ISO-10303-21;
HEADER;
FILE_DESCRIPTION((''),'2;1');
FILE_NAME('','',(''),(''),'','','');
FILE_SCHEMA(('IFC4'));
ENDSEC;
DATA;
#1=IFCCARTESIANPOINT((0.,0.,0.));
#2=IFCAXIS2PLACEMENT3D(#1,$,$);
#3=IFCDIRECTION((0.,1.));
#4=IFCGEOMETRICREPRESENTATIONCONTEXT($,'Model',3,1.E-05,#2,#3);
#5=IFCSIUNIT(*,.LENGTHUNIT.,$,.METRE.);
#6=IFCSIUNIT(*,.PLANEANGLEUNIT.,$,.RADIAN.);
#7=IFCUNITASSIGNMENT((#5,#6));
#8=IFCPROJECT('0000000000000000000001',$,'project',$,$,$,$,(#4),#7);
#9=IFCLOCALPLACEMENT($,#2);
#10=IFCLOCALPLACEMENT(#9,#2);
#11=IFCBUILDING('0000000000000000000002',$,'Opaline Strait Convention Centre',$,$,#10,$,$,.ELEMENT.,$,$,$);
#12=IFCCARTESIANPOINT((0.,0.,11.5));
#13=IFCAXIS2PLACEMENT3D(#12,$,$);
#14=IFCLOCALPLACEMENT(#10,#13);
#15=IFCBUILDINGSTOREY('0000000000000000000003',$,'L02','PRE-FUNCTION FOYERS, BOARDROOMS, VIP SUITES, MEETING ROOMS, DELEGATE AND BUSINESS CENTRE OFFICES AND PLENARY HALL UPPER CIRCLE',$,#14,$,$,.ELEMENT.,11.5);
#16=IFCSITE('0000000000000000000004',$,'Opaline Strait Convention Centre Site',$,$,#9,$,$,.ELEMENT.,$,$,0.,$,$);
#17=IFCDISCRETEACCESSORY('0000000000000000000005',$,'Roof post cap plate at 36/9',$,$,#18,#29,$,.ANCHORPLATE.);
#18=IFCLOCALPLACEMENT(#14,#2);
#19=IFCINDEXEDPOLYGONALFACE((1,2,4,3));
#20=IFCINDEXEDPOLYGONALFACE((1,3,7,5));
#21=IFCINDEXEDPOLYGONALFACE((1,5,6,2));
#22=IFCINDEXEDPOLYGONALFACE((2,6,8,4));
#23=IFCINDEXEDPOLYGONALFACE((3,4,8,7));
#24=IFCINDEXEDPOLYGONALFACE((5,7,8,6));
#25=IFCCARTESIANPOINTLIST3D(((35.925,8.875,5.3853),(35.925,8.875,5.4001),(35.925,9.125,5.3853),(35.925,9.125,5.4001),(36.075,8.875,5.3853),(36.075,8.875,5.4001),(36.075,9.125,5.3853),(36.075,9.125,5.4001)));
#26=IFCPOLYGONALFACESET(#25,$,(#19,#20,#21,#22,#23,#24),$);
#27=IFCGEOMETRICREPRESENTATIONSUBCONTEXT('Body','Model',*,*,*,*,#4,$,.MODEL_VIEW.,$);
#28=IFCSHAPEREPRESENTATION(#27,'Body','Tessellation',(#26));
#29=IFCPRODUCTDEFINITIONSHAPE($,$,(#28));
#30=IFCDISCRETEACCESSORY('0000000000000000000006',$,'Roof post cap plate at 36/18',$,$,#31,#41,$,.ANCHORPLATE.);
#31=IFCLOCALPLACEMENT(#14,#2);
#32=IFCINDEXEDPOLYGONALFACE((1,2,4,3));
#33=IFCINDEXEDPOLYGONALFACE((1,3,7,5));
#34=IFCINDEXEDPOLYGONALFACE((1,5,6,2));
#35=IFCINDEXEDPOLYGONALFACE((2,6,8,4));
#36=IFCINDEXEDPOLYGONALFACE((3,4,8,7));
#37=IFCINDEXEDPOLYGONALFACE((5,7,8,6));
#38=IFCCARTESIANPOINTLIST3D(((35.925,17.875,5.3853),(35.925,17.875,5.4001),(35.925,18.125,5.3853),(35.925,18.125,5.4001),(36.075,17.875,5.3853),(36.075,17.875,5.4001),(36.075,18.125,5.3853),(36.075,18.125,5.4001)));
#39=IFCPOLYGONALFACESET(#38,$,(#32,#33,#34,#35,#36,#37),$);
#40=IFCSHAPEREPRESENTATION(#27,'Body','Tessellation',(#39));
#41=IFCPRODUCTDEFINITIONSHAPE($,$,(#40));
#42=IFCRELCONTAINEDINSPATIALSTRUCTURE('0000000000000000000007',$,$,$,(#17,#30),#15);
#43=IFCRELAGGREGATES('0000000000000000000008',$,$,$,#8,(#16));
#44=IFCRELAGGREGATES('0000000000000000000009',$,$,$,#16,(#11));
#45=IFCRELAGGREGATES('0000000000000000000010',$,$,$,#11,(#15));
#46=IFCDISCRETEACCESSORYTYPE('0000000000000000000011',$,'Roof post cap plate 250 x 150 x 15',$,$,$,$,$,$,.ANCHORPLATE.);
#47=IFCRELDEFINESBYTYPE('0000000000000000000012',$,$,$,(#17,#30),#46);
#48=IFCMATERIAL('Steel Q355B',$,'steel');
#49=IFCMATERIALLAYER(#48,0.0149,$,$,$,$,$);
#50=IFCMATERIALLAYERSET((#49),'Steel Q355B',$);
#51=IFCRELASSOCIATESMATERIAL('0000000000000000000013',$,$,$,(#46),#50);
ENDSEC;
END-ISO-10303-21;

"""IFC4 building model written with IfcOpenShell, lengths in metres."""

from ifc_helpers import new_model, si_unit, direction, frame, origin, origin_2d, place, context, subcontext, project, spatial, rectangle, extrude, material, layer, layer_set, type_object, element, save


model = new_model("IFC4")

# Units and contexts
model_context = context("Model", 3, precision=1e-05, world=origin(), true_north=direction((0.0, 1.0)))
body_context = subcontext(model_context, "Body", "Model", "MODEL_VIEW")
ifc_project = project(units=[si_unit("LENGTHUNIT", "METRE"), si_unit("PLANEANGLEUNIT", "RADIAN")], contexts=[model_context])

# Site, building, storey
site_placement = place(None, origin())
site = spatial("IfcSite", under=ifc_project, at=site_placement, Name="Opaline Strait Convention Centre Site", CompositionType="ELEMENT", RefElevation=0.0)
building_placement = place(site_placement, origin())
building = spatial("IfcBuilding", under=site, at=building_placement, Name="Opaline Strait Convention Centre", CompositionType="ELEMENT")
storey_placement = place(building_placement, frame((0.0, 0.0, 11.5)))
storey = spatial("IfcBuildingStorey", under=building, at=storey_placement, Name="L02", Description="PRE-FUNCTION FOYERS, BOARDROOMS, VIP SUITES, MEETING ROOMS, DELEGATE AND BUSINESS CENTRE OFFICES AND PLENARY HALL UPPER CIRCLE", CompositionType="ELEMENT", Elevation=11.5)

# Shared definitions
ifc_material_1 = material(Name="Steel Q355B", Category="steel")

# Discrete accessories
ifc_layer_1 = layer(ifc_material_1, 0.0149)
ifc_layer_set_1 = layer_set([ifc_layer_1], Name="Steel Q355B")
discrete_accessory_type_1 = type_object("IfcDiscreteAccessoryType", Name="Roof post cap plate 250 x 150 x 15", PredefinedType="ANCHORPLATE", material=ifc_layer_set_1)
for number, where, z_axis, x_axis, name in (
    (1, (36.0, 9.0, 5.3853), (0.0, 0.0, 1.0), (1.0, 0.0, 0.0), "Roof post cap plate at 36/9"),
    (2, (36.0, 18.0, 5.3853), (0.0, 0.0, 1.0), (1.0, 0.0, 0.0), "Roof post cap plate at 36/18"),
):
    element("IfcDiscreteAccessory", number, at=place(storey_placement, frame(where, z_axis=z_axis, x_axis=x_axis)), inside=storey, type_object=discrete_accessory_type_1, Name=name, PredefinedType="ANCHORPLATE", context=body_context, shape_type="SweptSolid", body=[
        extrude(rectangle(XDim=0.1499, YDim=0.25, at=origin_2d()), origin(), (0.0, 0.0, 1.0), 0.0149),
    ])

save(model, "model.ifc")
